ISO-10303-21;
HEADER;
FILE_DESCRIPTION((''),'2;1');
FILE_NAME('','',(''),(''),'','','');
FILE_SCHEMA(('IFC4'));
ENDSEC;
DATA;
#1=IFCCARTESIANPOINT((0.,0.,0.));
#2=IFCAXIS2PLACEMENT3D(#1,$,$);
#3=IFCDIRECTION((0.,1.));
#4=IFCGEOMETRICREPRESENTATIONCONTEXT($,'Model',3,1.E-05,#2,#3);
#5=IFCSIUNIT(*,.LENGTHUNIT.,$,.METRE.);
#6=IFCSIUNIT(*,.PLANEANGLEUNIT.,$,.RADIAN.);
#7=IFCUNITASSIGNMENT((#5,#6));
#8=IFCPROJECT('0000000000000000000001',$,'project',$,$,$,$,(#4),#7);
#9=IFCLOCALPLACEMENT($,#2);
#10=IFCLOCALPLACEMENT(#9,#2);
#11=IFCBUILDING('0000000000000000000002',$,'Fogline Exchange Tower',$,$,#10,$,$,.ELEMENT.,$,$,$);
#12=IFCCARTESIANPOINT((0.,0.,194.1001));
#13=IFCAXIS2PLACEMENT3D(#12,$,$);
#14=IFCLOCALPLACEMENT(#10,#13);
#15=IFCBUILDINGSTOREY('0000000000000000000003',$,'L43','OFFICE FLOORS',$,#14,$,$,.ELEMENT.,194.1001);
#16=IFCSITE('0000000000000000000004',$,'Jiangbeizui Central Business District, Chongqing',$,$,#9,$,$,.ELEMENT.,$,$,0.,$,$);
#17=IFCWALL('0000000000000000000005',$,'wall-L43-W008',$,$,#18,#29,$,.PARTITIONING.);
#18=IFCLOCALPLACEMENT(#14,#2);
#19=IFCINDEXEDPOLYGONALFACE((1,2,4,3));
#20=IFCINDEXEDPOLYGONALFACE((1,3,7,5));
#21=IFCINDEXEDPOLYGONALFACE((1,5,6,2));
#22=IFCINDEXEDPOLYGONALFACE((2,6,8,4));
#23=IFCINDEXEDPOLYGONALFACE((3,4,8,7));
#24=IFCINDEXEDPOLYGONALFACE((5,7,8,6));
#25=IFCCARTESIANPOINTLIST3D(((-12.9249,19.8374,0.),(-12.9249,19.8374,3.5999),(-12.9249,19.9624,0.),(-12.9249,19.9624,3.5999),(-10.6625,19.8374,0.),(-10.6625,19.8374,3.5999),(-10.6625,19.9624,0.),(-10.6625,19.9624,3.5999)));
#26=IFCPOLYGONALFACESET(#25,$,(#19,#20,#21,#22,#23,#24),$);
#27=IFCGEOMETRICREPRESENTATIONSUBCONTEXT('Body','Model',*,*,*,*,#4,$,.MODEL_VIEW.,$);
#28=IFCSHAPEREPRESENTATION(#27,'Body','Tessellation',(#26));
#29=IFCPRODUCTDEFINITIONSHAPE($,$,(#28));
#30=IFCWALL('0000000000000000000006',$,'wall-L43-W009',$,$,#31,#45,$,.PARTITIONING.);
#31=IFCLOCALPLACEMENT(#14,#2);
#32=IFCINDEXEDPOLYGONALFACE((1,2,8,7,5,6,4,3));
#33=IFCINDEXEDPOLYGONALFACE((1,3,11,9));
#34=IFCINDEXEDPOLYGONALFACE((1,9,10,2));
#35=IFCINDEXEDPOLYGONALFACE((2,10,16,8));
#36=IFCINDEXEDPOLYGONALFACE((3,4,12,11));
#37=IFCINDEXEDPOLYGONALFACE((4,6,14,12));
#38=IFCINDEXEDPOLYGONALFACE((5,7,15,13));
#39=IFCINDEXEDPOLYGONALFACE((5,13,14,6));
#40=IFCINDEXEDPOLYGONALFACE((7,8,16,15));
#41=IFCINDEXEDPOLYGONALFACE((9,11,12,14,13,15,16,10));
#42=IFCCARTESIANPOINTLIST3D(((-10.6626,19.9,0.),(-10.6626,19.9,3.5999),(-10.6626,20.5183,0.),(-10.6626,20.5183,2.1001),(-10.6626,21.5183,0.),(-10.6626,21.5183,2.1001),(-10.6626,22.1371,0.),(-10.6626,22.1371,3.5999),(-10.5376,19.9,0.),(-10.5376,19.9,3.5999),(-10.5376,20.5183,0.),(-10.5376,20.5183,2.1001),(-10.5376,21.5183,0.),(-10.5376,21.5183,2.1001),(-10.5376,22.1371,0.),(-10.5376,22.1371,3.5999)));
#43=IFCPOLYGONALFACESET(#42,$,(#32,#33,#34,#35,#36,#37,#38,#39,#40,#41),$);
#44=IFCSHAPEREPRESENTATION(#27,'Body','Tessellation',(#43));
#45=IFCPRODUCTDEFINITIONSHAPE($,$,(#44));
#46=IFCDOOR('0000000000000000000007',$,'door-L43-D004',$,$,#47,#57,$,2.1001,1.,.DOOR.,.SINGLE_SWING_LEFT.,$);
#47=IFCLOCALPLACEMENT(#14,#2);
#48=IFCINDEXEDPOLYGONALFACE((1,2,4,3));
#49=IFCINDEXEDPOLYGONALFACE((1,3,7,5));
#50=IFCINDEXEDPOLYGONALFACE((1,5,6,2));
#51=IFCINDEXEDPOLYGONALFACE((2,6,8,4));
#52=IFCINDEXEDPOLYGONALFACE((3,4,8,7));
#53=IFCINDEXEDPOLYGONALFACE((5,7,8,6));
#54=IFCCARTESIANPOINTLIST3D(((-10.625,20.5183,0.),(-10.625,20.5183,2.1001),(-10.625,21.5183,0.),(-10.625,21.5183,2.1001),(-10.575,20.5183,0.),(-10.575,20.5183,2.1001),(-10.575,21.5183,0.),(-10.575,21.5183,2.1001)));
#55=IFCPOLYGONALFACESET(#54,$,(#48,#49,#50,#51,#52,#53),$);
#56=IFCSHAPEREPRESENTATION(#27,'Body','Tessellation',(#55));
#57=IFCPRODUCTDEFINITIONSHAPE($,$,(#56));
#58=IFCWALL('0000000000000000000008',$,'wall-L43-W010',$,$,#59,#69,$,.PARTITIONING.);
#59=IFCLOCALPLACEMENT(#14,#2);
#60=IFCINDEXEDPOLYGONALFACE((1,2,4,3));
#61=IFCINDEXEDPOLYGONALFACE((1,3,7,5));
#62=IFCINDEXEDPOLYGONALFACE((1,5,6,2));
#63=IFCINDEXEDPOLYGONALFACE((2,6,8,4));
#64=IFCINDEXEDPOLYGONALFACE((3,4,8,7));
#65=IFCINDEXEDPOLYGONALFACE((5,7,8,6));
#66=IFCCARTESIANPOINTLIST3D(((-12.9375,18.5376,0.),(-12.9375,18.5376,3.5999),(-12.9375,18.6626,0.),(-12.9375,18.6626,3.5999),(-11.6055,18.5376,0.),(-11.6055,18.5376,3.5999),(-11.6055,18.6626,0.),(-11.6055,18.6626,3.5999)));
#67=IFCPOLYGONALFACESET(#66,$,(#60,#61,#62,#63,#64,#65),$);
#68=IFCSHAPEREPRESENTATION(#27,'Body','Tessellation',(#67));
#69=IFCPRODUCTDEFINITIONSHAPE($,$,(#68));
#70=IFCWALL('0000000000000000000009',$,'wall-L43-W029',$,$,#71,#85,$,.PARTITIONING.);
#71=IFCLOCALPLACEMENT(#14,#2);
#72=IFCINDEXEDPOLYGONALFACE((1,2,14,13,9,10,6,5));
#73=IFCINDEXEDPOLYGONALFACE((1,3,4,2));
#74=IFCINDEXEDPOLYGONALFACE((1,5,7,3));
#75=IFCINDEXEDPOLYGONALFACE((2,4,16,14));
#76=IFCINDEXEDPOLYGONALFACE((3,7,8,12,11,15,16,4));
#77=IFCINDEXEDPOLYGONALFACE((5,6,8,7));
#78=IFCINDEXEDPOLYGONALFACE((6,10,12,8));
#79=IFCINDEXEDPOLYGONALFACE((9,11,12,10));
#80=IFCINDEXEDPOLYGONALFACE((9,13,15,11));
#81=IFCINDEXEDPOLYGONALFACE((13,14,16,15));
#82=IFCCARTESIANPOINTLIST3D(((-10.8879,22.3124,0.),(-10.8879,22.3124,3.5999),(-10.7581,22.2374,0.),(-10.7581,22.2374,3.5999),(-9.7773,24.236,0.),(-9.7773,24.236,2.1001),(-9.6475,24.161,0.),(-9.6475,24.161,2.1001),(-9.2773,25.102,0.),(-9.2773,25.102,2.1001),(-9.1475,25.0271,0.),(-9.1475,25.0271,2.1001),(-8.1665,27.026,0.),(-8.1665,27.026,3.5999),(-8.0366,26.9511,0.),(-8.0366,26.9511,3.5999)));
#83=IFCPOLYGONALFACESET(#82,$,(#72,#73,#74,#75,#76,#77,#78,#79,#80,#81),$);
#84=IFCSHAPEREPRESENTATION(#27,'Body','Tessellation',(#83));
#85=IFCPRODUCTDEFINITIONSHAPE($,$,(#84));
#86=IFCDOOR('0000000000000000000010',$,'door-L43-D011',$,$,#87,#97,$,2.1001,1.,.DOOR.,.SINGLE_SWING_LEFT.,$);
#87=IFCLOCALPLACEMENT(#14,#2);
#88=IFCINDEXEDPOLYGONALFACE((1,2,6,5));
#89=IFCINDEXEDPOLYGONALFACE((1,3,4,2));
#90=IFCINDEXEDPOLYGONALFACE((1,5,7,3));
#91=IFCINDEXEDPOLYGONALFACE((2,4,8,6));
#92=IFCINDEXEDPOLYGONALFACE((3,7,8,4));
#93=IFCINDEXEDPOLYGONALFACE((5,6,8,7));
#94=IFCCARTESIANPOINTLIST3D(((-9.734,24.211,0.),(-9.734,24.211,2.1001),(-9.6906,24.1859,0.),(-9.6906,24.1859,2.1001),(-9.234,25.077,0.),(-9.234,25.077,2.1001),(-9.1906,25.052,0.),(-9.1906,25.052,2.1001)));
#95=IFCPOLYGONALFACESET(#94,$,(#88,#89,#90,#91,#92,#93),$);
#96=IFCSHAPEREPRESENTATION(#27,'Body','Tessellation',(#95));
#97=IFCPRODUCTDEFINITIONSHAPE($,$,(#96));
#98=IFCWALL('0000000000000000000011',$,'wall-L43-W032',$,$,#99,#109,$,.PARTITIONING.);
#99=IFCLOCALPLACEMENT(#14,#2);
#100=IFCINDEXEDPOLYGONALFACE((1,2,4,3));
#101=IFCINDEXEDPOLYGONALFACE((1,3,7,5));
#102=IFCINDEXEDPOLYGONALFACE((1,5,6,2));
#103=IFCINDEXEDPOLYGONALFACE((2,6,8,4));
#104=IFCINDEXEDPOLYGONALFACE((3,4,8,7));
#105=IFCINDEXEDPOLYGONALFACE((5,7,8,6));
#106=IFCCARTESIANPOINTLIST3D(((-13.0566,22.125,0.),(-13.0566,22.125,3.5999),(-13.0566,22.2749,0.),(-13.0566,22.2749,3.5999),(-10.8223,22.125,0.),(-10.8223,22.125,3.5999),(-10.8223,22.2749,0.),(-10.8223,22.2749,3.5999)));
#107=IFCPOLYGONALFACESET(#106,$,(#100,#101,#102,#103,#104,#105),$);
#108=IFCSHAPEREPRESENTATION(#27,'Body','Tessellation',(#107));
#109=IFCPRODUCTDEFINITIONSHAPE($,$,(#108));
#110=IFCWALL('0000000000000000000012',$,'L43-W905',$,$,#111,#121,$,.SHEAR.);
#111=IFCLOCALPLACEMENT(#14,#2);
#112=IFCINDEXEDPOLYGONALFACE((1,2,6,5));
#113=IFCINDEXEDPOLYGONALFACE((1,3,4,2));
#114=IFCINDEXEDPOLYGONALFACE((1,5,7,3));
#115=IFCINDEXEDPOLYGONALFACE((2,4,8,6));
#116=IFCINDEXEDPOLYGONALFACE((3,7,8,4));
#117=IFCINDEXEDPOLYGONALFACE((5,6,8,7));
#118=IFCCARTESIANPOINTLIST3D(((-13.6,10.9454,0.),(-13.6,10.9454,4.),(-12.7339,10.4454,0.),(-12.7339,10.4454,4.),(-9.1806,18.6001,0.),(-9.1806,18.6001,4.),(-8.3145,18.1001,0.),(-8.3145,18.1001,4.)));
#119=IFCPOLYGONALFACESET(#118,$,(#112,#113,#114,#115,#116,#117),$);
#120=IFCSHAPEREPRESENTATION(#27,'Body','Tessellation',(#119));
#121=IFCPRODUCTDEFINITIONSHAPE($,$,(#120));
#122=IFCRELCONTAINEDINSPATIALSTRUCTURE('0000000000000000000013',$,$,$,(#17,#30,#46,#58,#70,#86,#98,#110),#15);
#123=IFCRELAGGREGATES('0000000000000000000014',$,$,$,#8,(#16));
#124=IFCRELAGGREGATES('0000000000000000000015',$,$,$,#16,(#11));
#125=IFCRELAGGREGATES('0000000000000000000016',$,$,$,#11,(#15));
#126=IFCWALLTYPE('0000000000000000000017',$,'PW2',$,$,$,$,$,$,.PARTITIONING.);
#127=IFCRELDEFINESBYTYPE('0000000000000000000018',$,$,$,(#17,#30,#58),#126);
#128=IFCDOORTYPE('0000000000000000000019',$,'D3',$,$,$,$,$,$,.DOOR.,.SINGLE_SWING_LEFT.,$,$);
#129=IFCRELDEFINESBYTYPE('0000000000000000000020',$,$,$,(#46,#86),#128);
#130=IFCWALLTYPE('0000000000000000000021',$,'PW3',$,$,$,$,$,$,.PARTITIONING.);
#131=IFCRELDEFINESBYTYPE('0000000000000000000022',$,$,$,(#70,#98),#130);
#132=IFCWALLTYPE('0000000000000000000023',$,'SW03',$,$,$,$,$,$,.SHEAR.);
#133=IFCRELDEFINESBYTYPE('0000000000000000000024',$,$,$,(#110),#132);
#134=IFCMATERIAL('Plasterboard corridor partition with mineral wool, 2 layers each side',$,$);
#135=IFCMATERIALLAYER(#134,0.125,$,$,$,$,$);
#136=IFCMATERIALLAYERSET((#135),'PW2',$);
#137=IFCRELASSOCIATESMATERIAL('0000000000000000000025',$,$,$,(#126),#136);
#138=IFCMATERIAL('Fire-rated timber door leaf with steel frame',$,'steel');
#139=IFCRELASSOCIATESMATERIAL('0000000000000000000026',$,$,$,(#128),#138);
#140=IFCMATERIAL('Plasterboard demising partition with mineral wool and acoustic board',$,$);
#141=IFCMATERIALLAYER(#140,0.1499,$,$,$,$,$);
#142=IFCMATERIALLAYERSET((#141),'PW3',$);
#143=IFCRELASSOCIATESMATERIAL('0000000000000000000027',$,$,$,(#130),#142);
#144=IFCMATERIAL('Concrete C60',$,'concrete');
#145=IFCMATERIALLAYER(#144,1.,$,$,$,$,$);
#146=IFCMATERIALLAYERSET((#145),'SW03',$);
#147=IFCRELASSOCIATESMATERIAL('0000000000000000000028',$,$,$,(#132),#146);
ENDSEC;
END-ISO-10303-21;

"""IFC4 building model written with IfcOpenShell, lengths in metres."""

from ifc_helpers import new_model, si_unit, direction, frame, frame_2d, origin, place, context, subcontext, project, spatial, rectangle, extrude, material, layer, layer_set, type_object, element, fill, save


model = new_model("IFC4")

# Units and contexts
model_context = context("Model", 3, precision=1e-05, world=origin(), true_north=direction((0.0, 1.0)))
body_context = subcontext(model_context, "Body", "Model", "MODEL_VIEW")
ifc_project = project(units=[si_unit("LENGTHUNIT", "METRE"), si_unit("PLANEANGLEUNIT", "RADIAN")], contexts=[model_context])

# Site, building, storey
site_placement = place(None, origin())
site = spatial("IfcSite", under=ifc_project, at=site_placement, Name="Jiangbeizui Central Business District, Chongqing", CompositionType="ELEMENT", RefElevation=0.0)
building_placement = place(site_placement, origin())
building = spatial("IfcBuilding", under=site, at=building_placement, Name="Fogline Exchange Tower", CompositionType="ELEMENT")
storey_placement = place(building_placement, frame((0.0, 0.0, 194.1001)))
storey = spatial("IfcBuildingStorey", under=building, at=storey_placement, Name="L43", Description="OFFICE FLOORS", CompositionType="ELEMENT", Elevation=194.1001)

# Shared definitions
ifc_material_1 = material(Name="Plasterboard corridor partition with mineral wool, 2 layers each side")
ifc_layer_1 = layer(ifc_material_1, 0.125)
ifc_layer_set_1 = layer_set([ifc_layer_1], Name="PW2")
wall_type_1 = type_object("IfcWallType", Name="PW2", PredefinedType="PARTITIONING", material=ifc_layer_set_1)

# Wall
wall_1_placement = place(storey_placement, frame((-12.925, 19.8999, 0.0), z_axis=(0.0, 0.0, 1.0), x_axis=(1.0, 0.0, 0.0)))
element("IfcWall", 1, at=wall_1_placement, inside=storey, type_object=wall_type_1, Name="wall-L43-W008", PredefinedType="PARTITIONING", context=body_context, shape_type="SweptSolid", body=[
    extrude(rectangle(XDim=2.2625, YDim=0.125, at=frame_2d((1.1313, 0.0))), origin(), (0.0, 0.0, 1.0), 3.5999),
])

# Wall, opening, door
wall_2_placement = place(storey_placement, frame((-10.6001, 19.8999, 0.0), z_axis=(0.0, 0.0, 1.0), x_axis=(0.0, 1.0, 0.0)))
wall_2 = element("IfcWall", 2, at=wall_2_placement, inside=storey, type_object=wall_type_1, Name="wall-L43-W009", PredefinedType="PARTITIONING", context=body_context, shape_type="SweptSolid", body=[
    extrude(rectangle(XDim=2.2371, YDim=0.125, at=frame_2d((1.1187, 0.0))), origin(), (0.0, 0.0, 1.0), 3.5999),
])
opening_1_placement = place(wall_2_placement, frame((0.6184, 0.0, 0.0)))
opening_1 = element("IfcOpeningElement", 3, at=opening_1_placement, cuts=wall_2, PredefinedType="OPENING", context=body_context, shape_type="SweptSolid", body=[
    extrude(rectangle(XDim=1.0, YDim=2.1001, at=frame_2d((0.5, 1.05))), frame((0.0, 0.0725, 0.0), z_axis=(0.0, -1.0, 0.0), x_axis=(1.0, 0.0, 0.0)), (0.0, 0.0, 1.0), 0.145),
])
ifc_material_2 = material(Name="Fire-rated timber door leaf with steel frame", Category="steel")
door_type_1 = type_object("IfcDoorType", Name="D3", OperationType="SINGLE_SWING_LEFT", PredefinedType="DOOR", material=ifc_material_2)
door_1_placement = place(opening_1_placement, origin())
door_1 = element("IfcDoor", 4, at=door_1_placement, inside=storey, type_object=door_type_1, Name="door-L43-D004", OperationType="SINGLE_SWING_LEFT", OverallHeight=2.1001, OverallWidth=1.0, PredefinedType="DOOR", context=body_context, shape_type="SweptSolid", body=[
    extrude(rectangle(XDim=1.0, YDim=2.1001, at=frame_2d((0.5, 1.05))), frame((0.0, 0.0249, 0.0), z_axis=(0.0, -1.0, 0.0), x_axis=(1.0, 0.0, 0.0)), (0.0, 0.0, 1.0), 0.05),
])
fill(opening_1, door_1)

# Wall
wall_3_placement = place(storey_placement, frame((-11.6055, 18.6001, 0.0), z_axis=(0.0, 0.0, 1.0), x_axis=(-1.0, 0.0, 0.0)))
element("IfcWall", 5, at=wall_3_placement, inside=storey, type_object=wall_type_1, Name="wall-L43-W010", PredefinedType="PARTITIONING", context=body_context, shape_type="SweptSolid", body=[
    extrude(rectangle(XDim=1.332, YDim=0.125, at=frame_2d((0.666, 0.0))), origin(), (0.0, 0.0, 1.0), 3.5999),
])

# Wall, opening, door
ifc_material_3 = material(Name="Plasterboard demising partition with mineral wool and acoustic board")
ifc_layer_2 = layer(ifc_material_3, 0.1499)
ifc_layer_set_2 = layer_set([ifc_layer_2], Name="PW3")
wall_type_2 = type_object("IfcWallType", Name="PW3", PredefinedType="PARTITIONING", material=ifc_layer_set_2)
wall_4_placement = place(storey_placement, frame((-10.823, 22.2749, 0.0), z_axis=(0.0, 0.0, 1.0), x_axis=(0.500003, 0.866023, 0.0)))
wall_4 = element("IfcWall", 6, at=wall_4_placement, inside=storey, type_object=wall_type_2, Name="wall-L43-W029", PredefinedType="PARTITIONING", context=body_context, shape_type="SweptSolid", body=[
    extrude(rectangle(XDim=5.4429, YDim=0.1499, at=frame_2d((2.7214, 0.0))), origin(), (0.0, 0.0, 1.0), 3.5999),
])
opening_2_placement = place(wall_4_placement, frame((2.2212, 0.0, 0.0)))
opening_2 = element("IfcOpeningElement", 7, at=opening_2_placement, cuts=wall_4, PredefinedType="OPENING", context=body_context, shape_type="SweptSolid", body=[
    extrude(rectangle(XDim=1.0, YDim=2.1001, at=frame_2d((0.5, 1.05))), frame((0.0, 0.085, 0.0), z_axis=(0.0, -1.0, 0.0), x_axis=(1.0, 0.0, 0.0)), (0.0, 0.0, 1.0), 0.1699),
])
door_2_placement = place(opening_2_placement, origin())
door_2 = element("IfcDoor", 8, at=door_2_placement, inside=storey, type_object=door_type_1, Name="door-L43-D011", OperationType="SINGLE_SWING_LEFT", OverallHeight=2.1001, OverallWidth=1.0, PredefinedType="DOOR", context=body_context, shape_type="SweptSolid", body=[
    extrude(rectangle(XDim=1.0, YDim=2.1001, at=frame_2d((0.5, 1.05))), frame((0.0, 0.0249, 0.0), z_axis=(0.0, -1.0, 0.0), x_axis=(1.0, 0.0, 0.0)), (0.0, 0.0, 1.0), 0.05),
])
fill(opening_2, door_2)

# Walls
wall_5_placement = place(storey_placement, frame((-10.8223, 22.2, 0.0), z_axis=(0.0, 0.0, 1.0), x_axis=(-1.0, 0.0, 0.0)))
element("IfcWall", 9, at=wall_5_placement, inside=storey, type_object=wall_type_2, Name="wall-L43-W032", PredefinedType="PARTITIONING", context=body_context, shape_type="SweptSolid", body=[
    extrude(rectangle(XDim=2.2344, YDim=0.1499, at=frame_2d((1.1172, 0.0))), origin(), (0.0, 0.0, 1.0), 3.5999),
])
ifc_material_4 = material(Name="Concrete C60", Category="concrete")
ifc_layer_3 = layer(ifc_material_4, 1.0)
ifc_layer_set_3 = layer_set([ifc_layer_3], Name="SW03")
wall_type_3 = type_object("IfcWallType", Name="SW03", PredefinedType="SHEAR", material=ifc_layer_set_3)
wall_6_placement = place(storey_placement, frame((-8.7476, 18.3501, 0.0), z_axis=(0.0, 0.0, 1.0), x_axis=(-0.499995, -0.866028, 0.0)))
element("IfcWall", 10, at=wall_6_placement, inside=storey, type_object=wall_type_3, Name="L43-W905", PredefinedType="SHEAR", context=body_context, shape_type="SweptSolid", body=[
    extrude(rectangle(XDim=8.8389, YDim=1.0, at=frame_2d((4.4194, 0.0))), origin(), (0.0, 0.0, 1.0), 4.0),
])

save(model, "model.ifc")
